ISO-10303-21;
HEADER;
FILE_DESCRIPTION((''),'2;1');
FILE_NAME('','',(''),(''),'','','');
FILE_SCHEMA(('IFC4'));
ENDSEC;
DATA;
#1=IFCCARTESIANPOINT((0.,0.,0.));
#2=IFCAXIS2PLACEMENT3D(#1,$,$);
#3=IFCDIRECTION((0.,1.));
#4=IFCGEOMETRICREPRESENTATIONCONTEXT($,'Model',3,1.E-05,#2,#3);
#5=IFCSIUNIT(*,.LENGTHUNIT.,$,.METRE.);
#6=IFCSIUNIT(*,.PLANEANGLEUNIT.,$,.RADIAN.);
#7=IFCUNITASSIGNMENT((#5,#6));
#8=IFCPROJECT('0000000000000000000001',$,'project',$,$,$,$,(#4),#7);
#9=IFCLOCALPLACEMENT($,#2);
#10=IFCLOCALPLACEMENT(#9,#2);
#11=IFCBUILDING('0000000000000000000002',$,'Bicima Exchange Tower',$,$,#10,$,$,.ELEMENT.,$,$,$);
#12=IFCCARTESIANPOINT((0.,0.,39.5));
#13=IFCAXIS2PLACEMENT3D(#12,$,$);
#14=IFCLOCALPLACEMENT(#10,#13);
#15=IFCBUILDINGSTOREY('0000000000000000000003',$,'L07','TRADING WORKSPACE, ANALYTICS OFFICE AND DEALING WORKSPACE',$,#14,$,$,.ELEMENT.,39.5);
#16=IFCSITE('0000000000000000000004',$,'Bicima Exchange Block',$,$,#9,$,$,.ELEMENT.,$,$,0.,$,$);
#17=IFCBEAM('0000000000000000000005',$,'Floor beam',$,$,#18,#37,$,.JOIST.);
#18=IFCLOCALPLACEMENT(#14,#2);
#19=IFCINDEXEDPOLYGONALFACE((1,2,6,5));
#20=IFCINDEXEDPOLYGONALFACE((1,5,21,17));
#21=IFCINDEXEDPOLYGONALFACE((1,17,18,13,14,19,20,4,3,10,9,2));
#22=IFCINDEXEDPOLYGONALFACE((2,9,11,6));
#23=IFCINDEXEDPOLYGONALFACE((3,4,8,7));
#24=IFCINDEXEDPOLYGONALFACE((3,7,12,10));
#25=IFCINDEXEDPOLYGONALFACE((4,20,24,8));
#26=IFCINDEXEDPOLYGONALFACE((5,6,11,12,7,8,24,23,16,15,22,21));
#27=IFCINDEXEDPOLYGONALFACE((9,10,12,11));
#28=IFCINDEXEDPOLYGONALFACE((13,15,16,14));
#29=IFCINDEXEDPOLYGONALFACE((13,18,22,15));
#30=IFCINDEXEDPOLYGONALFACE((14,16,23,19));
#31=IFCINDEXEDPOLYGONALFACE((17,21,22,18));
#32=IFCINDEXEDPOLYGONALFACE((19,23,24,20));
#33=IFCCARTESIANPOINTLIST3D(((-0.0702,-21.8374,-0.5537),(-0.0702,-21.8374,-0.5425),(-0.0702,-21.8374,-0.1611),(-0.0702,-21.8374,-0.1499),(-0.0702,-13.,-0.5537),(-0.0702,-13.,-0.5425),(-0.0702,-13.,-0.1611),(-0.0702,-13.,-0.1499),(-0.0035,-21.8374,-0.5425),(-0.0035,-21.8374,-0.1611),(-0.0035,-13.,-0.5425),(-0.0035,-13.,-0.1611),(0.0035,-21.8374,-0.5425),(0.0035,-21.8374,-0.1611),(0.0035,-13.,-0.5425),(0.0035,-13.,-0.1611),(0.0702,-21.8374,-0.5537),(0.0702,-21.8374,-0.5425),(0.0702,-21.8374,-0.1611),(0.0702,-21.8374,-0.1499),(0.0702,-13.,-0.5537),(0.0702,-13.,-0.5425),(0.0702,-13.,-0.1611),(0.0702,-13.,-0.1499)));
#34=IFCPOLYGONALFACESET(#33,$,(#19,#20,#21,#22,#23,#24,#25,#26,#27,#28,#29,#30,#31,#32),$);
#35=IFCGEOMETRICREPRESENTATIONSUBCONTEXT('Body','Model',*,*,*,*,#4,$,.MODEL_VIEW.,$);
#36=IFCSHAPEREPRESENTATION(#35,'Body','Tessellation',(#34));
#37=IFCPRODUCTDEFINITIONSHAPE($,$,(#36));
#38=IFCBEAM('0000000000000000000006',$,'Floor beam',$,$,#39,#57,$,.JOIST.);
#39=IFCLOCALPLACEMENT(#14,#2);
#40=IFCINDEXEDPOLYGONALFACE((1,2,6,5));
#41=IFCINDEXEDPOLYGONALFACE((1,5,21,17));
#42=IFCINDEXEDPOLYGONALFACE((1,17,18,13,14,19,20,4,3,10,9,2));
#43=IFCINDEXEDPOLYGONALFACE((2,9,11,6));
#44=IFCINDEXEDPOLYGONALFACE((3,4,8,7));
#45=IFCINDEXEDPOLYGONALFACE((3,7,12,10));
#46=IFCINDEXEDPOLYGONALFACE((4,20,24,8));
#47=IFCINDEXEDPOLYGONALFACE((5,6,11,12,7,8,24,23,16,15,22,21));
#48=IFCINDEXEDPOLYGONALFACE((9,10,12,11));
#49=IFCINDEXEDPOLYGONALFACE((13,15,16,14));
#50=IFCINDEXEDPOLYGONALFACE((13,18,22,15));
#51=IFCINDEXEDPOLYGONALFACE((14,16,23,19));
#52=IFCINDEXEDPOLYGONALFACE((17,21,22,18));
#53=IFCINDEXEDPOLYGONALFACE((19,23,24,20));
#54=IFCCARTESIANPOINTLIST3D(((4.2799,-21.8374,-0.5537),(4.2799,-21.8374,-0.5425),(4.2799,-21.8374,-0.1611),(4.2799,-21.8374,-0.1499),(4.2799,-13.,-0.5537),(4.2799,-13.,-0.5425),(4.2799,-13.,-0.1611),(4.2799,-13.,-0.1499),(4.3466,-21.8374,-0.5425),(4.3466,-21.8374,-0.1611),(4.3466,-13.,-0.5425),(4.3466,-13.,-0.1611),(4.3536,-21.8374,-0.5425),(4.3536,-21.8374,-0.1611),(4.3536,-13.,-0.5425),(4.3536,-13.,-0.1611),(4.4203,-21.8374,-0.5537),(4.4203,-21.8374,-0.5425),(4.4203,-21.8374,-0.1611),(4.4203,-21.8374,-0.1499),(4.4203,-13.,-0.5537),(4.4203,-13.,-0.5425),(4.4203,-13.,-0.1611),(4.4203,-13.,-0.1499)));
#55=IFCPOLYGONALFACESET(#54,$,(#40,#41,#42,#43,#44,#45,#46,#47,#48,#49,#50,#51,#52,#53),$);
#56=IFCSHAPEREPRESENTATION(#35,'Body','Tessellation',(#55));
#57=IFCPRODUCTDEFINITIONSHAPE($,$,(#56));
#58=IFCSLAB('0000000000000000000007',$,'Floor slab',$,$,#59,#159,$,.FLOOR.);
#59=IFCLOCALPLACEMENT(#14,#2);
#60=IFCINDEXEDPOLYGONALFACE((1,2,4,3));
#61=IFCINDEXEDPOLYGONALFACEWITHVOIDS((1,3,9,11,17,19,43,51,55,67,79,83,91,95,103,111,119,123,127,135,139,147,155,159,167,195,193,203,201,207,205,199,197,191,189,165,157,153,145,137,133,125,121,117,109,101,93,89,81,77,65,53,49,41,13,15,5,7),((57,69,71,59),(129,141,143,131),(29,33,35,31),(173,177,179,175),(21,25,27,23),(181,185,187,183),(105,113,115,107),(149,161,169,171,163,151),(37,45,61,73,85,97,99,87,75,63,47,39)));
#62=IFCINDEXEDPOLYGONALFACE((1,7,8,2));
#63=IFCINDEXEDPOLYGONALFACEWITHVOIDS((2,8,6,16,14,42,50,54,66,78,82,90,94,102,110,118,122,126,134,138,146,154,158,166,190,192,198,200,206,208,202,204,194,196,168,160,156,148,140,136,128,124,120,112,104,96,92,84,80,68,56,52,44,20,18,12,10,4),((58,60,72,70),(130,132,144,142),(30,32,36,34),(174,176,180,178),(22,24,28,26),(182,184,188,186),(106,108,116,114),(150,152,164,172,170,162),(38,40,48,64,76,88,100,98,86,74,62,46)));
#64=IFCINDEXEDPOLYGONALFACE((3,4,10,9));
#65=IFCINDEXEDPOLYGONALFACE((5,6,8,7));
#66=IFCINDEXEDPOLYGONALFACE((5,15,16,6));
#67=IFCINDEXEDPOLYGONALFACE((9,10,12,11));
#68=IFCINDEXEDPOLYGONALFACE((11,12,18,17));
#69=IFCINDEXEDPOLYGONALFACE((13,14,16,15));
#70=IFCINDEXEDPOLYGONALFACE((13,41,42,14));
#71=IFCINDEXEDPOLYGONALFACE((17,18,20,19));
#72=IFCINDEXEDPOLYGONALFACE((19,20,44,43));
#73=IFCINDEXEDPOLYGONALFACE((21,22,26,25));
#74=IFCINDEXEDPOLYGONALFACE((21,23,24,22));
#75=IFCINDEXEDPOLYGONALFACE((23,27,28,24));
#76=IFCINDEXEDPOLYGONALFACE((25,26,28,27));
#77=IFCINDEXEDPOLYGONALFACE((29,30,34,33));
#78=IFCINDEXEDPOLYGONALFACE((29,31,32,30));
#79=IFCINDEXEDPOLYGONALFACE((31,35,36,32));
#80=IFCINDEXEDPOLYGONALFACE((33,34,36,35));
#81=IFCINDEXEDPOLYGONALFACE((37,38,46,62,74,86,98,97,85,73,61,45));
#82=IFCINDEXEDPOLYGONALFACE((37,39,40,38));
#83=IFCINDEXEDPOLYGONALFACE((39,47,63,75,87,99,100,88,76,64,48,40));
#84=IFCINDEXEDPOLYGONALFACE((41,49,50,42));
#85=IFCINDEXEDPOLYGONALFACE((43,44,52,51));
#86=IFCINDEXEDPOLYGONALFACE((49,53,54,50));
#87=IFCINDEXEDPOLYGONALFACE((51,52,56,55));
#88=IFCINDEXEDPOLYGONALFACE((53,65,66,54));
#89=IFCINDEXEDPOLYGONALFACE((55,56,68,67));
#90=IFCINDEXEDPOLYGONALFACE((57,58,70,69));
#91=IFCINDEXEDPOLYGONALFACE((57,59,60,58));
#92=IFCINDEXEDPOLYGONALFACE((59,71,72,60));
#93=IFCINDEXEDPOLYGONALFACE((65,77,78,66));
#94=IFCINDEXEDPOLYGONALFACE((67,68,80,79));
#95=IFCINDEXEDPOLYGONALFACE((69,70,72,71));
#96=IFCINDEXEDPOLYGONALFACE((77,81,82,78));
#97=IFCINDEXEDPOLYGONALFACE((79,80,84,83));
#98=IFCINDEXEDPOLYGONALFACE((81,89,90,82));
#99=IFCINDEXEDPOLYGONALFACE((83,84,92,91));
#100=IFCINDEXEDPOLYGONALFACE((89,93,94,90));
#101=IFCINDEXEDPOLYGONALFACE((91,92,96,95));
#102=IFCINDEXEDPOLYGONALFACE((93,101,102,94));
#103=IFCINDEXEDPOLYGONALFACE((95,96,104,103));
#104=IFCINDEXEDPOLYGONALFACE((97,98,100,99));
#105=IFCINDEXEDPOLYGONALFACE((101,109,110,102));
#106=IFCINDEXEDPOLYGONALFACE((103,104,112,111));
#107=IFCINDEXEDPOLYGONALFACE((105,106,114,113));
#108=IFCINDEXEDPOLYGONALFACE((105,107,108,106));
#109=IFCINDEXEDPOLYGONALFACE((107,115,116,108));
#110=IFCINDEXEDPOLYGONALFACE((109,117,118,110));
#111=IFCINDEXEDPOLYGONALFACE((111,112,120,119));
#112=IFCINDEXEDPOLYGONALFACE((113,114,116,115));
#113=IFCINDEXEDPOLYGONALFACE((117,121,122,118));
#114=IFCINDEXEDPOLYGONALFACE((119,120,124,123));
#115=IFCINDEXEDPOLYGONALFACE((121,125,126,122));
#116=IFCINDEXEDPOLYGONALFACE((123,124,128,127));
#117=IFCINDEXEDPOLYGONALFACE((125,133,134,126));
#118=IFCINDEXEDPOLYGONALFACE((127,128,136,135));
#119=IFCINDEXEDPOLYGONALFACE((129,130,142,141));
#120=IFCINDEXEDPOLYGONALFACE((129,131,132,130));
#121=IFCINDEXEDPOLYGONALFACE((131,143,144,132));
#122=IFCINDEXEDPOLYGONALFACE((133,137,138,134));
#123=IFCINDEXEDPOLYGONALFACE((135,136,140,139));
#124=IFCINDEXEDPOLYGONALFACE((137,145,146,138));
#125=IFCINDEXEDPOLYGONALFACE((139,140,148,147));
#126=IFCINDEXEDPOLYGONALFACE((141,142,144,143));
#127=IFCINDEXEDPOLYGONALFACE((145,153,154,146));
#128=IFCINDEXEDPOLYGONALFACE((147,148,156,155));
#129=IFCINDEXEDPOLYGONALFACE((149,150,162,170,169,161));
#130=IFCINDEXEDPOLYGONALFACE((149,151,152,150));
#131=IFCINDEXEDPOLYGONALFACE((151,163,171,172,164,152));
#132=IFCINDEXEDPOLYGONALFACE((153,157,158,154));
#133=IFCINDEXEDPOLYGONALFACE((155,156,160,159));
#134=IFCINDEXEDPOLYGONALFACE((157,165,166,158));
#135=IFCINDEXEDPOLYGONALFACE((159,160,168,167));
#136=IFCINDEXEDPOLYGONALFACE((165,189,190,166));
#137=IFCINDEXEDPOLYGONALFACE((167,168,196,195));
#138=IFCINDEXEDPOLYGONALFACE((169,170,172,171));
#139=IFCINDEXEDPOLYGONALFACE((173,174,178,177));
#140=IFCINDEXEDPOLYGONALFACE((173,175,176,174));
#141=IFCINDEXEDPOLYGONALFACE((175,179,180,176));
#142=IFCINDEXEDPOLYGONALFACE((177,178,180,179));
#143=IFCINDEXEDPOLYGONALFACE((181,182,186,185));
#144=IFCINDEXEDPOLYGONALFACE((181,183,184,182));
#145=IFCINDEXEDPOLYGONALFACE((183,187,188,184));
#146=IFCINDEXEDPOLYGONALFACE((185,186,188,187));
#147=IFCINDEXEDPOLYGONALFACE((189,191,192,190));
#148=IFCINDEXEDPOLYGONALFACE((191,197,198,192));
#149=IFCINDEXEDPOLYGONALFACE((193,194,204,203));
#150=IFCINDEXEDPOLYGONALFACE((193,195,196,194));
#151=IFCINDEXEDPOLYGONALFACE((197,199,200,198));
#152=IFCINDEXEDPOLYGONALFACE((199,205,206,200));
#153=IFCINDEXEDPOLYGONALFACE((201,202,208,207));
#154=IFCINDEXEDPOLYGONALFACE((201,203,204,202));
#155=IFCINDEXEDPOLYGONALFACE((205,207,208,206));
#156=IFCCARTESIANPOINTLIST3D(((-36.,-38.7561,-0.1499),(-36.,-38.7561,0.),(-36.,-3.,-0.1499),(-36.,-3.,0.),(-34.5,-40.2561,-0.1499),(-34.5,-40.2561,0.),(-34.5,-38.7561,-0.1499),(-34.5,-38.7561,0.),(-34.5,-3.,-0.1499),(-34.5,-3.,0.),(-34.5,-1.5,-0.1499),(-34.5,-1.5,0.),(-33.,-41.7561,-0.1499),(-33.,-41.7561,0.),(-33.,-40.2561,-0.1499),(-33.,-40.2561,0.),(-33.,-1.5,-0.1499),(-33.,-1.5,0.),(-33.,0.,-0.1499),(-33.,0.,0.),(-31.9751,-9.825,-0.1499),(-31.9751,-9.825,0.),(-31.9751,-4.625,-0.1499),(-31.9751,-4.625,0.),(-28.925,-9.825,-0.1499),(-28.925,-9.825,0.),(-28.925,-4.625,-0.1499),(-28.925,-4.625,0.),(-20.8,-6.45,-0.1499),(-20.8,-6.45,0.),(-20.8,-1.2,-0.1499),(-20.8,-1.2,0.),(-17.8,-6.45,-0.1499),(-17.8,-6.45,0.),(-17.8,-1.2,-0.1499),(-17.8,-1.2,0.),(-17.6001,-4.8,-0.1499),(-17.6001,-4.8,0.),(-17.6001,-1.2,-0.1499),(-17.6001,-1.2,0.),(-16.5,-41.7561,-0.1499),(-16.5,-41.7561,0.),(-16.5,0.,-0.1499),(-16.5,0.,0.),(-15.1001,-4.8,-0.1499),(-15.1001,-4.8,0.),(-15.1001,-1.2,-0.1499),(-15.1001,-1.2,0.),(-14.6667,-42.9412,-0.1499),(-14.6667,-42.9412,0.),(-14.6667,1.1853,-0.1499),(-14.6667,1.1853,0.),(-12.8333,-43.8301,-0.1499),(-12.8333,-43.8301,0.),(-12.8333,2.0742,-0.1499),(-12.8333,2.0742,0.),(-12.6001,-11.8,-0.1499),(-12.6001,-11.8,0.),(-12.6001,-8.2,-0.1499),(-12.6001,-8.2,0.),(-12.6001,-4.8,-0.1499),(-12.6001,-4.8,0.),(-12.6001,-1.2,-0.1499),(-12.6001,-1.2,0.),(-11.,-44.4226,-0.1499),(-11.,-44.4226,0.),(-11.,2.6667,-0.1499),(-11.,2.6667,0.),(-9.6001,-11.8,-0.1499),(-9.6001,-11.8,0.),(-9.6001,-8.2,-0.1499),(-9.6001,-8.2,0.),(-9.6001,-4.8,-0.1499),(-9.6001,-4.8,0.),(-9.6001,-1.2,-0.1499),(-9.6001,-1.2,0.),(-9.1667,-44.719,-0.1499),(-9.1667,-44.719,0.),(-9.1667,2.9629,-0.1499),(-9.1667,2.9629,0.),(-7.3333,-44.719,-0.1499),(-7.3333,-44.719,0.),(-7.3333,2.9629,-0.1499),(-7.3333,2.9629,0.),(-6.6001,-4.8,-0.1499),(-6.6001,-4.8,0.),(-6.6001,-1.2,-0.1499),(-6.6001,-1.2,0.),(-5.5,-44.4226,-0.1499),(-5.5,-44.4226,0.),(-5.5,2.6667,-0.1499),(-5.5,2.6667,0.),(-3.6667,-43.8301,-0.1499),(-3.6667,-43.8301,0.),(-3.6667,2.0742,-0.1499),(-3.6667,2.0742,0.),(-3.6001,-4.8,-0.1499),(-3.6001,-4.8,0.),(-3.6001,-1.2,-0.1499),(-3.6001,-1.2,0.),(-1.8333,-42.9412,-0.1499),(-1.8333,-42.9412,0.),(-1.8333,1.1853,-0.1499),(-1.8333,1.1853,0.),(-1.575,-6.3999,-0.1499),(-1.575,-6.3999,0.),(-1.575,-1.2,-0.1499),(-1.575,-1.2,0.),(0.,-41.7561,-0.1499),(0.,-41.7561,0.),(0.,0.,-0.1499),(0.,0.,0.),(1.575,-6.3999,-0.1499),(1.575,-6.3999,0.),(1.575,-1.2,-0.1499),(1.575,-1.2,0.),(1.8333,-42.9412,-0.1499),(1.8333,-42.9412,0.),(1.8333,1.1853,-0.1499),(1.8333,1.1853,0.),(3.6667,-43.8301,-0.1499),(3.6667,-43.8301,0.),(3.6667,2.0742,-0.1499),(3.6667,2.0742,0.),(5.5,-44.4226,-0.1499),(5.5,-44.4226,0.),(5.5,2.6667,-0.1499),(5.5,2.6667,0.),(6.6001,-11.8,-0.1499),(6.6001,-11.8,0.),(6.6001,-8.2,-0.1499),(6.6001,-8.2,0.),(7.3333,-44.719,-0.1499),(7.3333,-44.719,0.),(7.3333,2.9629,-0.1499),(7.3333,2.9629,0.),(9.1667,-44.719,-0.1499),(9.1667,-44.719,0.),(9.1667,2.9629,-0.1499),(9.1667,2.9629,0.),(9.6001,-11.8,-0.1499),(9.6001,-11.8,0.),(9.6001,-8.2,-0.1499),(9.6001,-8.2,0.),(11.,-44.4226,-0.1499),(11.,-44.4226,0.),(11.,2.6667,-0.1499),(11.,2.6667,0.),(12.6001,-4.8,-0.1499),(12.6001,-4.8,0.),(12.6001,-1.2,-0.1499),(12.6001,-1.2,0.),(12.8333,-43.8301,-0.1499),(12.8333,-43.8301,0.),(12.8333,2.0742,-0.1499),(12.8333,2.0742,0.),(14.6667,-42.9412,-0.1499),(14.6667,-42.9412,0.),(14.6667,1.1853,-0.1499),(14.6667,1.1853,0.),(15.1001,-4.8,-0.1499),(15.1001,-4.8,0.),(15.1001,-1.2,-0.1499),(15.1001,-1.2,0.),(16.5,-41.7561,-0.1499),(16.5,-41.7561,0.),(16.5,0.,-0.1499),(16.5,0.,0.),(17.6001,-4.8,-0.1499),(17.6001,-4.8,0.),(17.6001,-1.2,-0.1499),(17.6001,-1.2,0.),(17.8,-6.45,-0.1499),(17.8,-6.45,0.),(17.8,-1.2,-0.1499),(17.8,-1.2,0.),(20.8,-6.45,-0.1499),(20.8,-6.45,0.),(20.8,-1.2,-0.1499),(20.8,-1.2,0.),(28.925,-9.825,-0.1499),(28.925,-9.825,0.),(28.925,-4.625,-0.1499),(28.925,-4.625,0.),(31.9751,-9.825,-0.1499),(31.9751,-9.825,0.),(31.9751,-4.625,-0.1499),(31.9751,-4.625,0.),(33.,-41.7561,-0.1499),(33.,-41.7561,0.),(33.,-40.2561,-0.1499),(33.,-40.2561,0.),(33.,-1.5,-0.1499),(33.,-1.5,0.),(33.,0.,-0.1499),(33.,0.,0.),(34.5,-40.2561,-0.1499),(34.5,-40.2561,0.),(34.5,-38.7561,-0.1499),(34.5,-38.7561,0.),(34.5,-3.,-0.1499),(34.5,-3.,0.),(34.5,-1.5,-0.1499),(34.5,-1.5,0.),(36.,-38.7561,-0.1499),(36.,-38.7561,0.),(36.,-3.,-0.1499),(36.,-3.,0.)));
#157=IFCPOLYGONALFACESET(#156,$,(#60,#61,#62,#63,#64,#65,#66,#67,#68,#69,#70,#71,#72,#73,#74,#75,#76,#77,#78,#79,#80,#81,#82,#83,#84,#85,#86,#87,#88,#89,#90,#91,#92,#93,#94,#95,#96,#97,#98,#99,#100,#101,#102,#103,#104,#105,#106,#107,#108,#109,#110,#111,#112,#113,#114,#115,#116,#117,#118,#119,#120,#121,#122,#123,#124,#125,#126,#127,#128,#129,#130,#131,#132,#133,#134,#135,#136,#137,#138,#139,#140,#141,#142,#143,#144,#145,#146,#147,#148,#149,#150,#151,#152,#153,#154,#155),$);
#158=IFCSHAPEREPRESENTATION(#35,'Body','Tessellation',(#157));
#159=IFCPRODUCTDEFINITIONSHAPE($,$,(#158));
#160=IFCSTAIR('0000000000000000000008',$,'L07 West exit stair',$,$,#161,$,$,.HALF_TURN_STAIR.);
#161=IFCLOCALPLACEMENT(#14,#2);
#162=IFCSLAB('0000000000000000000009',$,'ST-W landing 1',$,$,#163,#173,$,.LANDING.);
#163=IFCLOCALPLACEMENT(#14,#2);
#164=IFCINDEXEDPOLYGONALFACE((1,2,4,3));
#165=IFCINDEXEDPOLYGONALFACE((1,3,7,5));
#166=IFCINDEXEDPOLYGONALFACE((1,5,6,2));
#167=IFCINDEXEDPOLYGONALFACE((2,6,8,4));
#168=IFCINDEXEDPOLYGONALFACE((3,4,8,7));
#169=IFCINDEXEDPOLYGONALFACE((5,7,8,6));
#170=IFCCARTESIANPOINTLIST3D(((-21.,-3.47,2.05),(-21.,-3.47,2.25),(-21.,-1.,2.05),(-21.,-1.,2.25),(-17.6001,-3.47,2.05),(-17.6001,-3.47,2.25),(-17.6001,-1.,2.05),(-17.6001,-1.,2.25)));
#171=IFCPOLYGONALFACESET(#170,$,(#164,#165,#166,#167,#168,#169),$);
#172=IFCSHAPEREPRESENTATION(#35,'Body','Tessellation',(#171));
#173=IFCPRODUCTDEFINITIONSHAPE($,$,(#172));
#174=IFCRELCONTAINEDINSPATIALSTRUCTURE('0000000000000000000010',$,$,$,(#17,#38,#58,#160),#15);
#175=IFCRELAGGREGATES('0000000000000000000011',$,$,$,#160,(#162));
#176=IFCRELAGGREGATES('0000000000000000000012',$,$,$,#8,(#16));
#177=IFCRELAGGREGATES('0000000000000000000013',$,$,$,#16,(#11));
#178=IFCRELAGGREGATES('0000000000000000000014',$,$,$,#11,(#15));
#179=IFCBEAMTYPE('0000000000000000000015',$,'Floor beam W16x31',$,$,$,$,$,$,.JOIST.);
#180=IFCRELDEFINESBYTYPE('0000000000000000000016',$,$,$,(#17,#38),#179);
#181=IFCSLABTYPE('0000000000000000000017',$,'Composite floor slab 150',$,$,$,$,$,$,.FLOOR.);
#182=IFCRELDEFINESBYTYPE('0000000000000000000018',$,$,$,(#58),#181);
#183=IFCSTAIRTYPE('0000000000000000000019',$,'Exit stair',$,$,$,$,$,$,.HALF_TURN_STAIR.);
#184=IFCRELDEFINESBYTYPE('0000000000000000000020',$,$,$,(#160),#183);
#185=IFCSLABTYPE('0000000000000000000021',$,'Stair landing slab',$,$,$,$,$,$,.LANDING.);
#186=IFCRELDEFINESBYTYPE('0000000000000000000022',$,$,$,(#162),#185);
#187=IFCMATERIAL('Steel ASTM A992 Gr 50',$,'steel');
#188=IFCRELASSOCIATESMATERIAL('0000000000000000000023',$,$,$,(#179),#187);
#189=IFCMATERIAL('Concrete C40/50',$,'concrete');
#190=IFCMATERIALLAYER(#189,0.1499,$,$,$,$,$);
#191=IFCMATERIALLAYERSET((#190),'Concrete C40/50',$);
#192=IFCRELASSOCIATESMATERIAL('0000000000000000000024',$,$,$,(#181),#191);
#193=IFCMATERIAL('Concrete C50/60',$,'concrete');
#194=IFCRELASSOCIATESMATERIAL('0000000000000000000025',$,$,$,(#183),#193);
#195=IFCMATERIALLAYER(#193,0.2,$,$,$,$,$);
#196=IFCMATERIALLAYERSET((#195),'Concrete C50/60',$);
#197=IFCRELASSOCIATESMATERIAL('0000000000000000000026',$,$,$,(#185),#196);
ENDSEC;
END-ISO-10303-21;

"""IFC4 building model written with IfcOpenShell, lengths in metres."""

from ifc_helpers import new_model, si_unit, direction, frame, origin, origin_2d, place, context, subcontext, project, spatial, polyline, i_section, outline, extrude, material, layer, layer_set, material_profile, profile_set, type_object, element, aggregate, save


model = new_model("IFC4")

# Units and contexts
model_context = context("Model", 3, precision=1e-05, world=origin(), true_north=direction((0.0, 1.0)))
body_context = subcontext(model_context, "Body", "Model", "MODEL_VIEW")
ifc_project = project(units=[si_unit("LENGTHUNIT", "METRE"), si_unit("PLANEANGLEUNIT", "RADIAN")], contexts=[model_context])

# Site, building, storey
site_placement = place(None, origin())
site = spatial("IfcSite", under=ifc_project, at=site_placement, Name="Bicima Exchange Block", CompositionType="ELEMENT", RefElevation=0.0)
building_placement = place(site_placement, origin())
building = spatial("IfcBuilding", under=site, at=building_placement, Name="Bicima Exchange Tower", CompositionType="ELEMENT")
storey_placement = place(building_placement, frame((0.0, 0.0, 39.5)))
storey = spatial("IfcBuildingStorey", under=building, at=storey_placement, Name="L07", Description="TRADING WORKSPACE, ANALYTICS OFFICE AND DEALING WORKSPACE", CompositionType="ELEMENT", Elevation=39.5)

# Beams
ifc_material_1 = material(Name="Steel ASTM A992 Gr 50", Category="steel")
ifc_material_profile = material_profile(ifc_material_1, i_section(OverallWidth=0.1404, OverallDepth=0.4038, WebThickness=0.0071, FlangeThickness=0.0112, at=origin_2d()))
ifc_profile_set = profile_set([ifc_material_profile], Name="Steel ASTM A992 Gr 50")
beam_type = type_object("IfcBeamType", Name="Floor beam W16x31", PredefinedType="JOIST", material=ifc_profile_set)
for number, where, z_axis, x_axis, name in (
    (1, (0.0, -13.0, -0.3518), (0.0, -1.0, 0.0), (1.0, 0.0, 0.0), "Floor beam"),
    (2, (4.3501, -13.0, -0.3518), (0.0, -1.0, 0.0), (1.0, 0.0, 0.0), "Floor beam"),
):
    element("IfcBeam", number, at=place(storey_placement, frame(where, z_axis=z_axis, x_axis=x_axis)), inside=storey, type_object=beam_type, Name=name, PredefinedType="JOIST", context=body_context, shape_type="SweptSolid", body=[
        extrude(i_section(OverallWidth=0.1404, OverallDepth=0.4038, WebThickness=0.0071, FlangeThickness=0.0112, at=origin_2d()), origin(), (0.0, 0.0, 1.0), 8.8374),
    ])

# Slab
ifc_material_2 = material(Name="Concrete C40/50", Category="concrete")
ifc_layer_1 = layer(ifc_material_2, 0.1499)
ifc_layer_set_1 = layer_set([ifc_layer_1], Name="Concrete C40/50")
slab_type_1 = type_object("IfcSlabType", Name="Composite floor slab 150", PredefinedType="FLOOR", material=ifc_layer_set_1)
slab_1_placement = place(storey_placement, frame((0.0, 0.0, -0.1499)))
element("IfcSlab", 3, at=slab_1_placement, inside=storey, type_object=slab_type_1, Name="Floor slab", PredefinedType="FLOOR", context=body_context, shape_type="SweptSolid", body=[
    extrude(outline(polyline([(-36.0, -38.7561), (-36.0, -3.0), (-34.5, -3.0), (-34.5, -1.5), (-33.0, -1.5), (-33.0, 0.0), (-16.5, 0.0), (-14.6667, 1.1853), (-12.8333, 2.0742), (-11.0, 2.6667), (-9.1667, 2.9629), (-7.3333, 2.9629), (-5.5, 2.6667), (-3.6667, 2.0742), (-1.8333, 1.1853), (0.0, 0.0), (1.8333, 1.1853), (3.6667, 2.0742), (5.5, 2.6667), (7.3333, 2.9629), (9.1667, 2.9629), (11.0, 2.6667), (12.8333, 2.0742), (14.6667, 1.1853), (16.5, 0.0), (33.0, 0.0), (33.0, -1.5), (34.5, -1.5), (34.5, -3.0), (36.0, -3.0), (36.0, -38.7561), (34.5, -38.7561), (34.5, -40.2561), (33.0, -40.2561), (33.0, -41.7561), (16.5, -41.7561), (14.6667, -42.9412), (12.8333, -43.8301), (11.0, -44.4226), (9.1667, -44.719), (7.3333, -44.719), (5.5, -44.4226), (3.6667, -43.8301), (1.8333, -42.9412), (0.0, -41.7561), (-1.8333, -42.9412), (-3.6667, -43.8301), (-5.5, -44.4226), (-7.3333, -44.719), (-9.1667, -44.719), (-11.0, -44.4226), (-12.8333, -43.8301), (-14.6667, -42.9412), (-16.5, -41.7561), (-33.0, -41.7561), (-33.0, -40.2561), (-34.5, -40.2561), (-34.5, -38.7561), (-36.0, -38.7561)]), holes=[polyline([(-9.6001, -11.8), (-9.6001, -8.2), (-12.6001, -8.2), (-12.6001, -11.8), (-9.6001, -11.8)]), polyline([(-31.9751, -9.825), (-28.925, -9.825), (-28.925, -4.625), (-31.9751, -4.625), (-31.9751, -9.825)]), polyline([(-20.8, -6.45), (-17.8, -6.45), (-17.8, -1.2), (-20.8, -1.2), (-20.8, -6.45)]), polyline([(-9.6001, -1.2), (-12.6001, -1.2), (-15.1001, -1.2), (-17.6001, -1.2), (-17.6001, -4.8), (-15.1001, -4.8), (-12.6001, -4.8), (-9.6001, -4.8), (-6.6001, -4.8), (-3.6001, -4.8), (-3.6001, -1.2), (-6.6001, -1.2), (-9.6001, -1.2)]), polyline([(9.6001, -11.8), (9.6001, -8.2), (6.6001, -8.2), (6.6001, -11.8), (9.6001, -11.8)]), polyline([(28.925, -9.825), (31.9751, -9.825), (31.9751, -4.625), (28.925, -4.625), (28.925, -9.825)]), polyline([(17.8, -6.45), (20.8, -6.45), (20.8, -1.2), (17.8, -1.2), (17.8, -6.45)]), polyline([(-1.575, -6.3999), (1.575, -6.3999), (1.575, -1.2), (-1.575, -1.2), (-1.575, -6.3999)]), polyline([(17.6001, -4.8), (17.6001, -1.2), (15.1001, -1.2), (12.6001, -1.2), (12.6001, -4.8), (15.1001, -4.8), (17.6001, -4.8)])]), origin(), (0.0, 0.0, 1.0), 0.1499),
])

# Stair, slab
ifc_material_3 = material(Name="Concrete C50/60", Category="concrete")
stair_type_1 = type_object("IfcStairType", Name="Exit stair", PredefinedType="HALF_TURN_STAIR", material=ifc_material_3)
stair_1_placement = place(storey_placement, origin())
stair_1 = element("IfcStair", 4, at=stair_1_placement, inside=storey, type_object=stair_type_1, Name="L07 West exit stair", PredefinedType="HALF_TURN_STAIR")
ifc_layer_2 = layer(ifc_material_3, 0.2)
ifc_layer_set_2 = layer_set([ifc_layer_2], Name="Concrete C50/60")
slab_type_2 = type_object("IfcSlabType", Name="Stair landing slab", PredefinedType="LANDING", material=ifc_layer_set_2)
slab_2_placement = place(storey_placement, frame((0.0, 0.0, 2.05)))
slab_2 = element("IfcSlab", 5, at=slab_2_placement, type_object=slab_type_2, Name="ST-W landing 1", PredefinedType="LANDING", context=body_context, shape_type="SweptSolid", body=[
    extrude(outline(polyline([(-17.6001, -3.47), (-17.6001, -1.0), (-21.0, -1.0), (-21.0, -3.47), (-17.6001, -3.47)])), origin(), (0.0, 0.0, 1.0), 0.2),
])
aggregate(stair_1, [slab_2])

save(model, "model.ifc")
